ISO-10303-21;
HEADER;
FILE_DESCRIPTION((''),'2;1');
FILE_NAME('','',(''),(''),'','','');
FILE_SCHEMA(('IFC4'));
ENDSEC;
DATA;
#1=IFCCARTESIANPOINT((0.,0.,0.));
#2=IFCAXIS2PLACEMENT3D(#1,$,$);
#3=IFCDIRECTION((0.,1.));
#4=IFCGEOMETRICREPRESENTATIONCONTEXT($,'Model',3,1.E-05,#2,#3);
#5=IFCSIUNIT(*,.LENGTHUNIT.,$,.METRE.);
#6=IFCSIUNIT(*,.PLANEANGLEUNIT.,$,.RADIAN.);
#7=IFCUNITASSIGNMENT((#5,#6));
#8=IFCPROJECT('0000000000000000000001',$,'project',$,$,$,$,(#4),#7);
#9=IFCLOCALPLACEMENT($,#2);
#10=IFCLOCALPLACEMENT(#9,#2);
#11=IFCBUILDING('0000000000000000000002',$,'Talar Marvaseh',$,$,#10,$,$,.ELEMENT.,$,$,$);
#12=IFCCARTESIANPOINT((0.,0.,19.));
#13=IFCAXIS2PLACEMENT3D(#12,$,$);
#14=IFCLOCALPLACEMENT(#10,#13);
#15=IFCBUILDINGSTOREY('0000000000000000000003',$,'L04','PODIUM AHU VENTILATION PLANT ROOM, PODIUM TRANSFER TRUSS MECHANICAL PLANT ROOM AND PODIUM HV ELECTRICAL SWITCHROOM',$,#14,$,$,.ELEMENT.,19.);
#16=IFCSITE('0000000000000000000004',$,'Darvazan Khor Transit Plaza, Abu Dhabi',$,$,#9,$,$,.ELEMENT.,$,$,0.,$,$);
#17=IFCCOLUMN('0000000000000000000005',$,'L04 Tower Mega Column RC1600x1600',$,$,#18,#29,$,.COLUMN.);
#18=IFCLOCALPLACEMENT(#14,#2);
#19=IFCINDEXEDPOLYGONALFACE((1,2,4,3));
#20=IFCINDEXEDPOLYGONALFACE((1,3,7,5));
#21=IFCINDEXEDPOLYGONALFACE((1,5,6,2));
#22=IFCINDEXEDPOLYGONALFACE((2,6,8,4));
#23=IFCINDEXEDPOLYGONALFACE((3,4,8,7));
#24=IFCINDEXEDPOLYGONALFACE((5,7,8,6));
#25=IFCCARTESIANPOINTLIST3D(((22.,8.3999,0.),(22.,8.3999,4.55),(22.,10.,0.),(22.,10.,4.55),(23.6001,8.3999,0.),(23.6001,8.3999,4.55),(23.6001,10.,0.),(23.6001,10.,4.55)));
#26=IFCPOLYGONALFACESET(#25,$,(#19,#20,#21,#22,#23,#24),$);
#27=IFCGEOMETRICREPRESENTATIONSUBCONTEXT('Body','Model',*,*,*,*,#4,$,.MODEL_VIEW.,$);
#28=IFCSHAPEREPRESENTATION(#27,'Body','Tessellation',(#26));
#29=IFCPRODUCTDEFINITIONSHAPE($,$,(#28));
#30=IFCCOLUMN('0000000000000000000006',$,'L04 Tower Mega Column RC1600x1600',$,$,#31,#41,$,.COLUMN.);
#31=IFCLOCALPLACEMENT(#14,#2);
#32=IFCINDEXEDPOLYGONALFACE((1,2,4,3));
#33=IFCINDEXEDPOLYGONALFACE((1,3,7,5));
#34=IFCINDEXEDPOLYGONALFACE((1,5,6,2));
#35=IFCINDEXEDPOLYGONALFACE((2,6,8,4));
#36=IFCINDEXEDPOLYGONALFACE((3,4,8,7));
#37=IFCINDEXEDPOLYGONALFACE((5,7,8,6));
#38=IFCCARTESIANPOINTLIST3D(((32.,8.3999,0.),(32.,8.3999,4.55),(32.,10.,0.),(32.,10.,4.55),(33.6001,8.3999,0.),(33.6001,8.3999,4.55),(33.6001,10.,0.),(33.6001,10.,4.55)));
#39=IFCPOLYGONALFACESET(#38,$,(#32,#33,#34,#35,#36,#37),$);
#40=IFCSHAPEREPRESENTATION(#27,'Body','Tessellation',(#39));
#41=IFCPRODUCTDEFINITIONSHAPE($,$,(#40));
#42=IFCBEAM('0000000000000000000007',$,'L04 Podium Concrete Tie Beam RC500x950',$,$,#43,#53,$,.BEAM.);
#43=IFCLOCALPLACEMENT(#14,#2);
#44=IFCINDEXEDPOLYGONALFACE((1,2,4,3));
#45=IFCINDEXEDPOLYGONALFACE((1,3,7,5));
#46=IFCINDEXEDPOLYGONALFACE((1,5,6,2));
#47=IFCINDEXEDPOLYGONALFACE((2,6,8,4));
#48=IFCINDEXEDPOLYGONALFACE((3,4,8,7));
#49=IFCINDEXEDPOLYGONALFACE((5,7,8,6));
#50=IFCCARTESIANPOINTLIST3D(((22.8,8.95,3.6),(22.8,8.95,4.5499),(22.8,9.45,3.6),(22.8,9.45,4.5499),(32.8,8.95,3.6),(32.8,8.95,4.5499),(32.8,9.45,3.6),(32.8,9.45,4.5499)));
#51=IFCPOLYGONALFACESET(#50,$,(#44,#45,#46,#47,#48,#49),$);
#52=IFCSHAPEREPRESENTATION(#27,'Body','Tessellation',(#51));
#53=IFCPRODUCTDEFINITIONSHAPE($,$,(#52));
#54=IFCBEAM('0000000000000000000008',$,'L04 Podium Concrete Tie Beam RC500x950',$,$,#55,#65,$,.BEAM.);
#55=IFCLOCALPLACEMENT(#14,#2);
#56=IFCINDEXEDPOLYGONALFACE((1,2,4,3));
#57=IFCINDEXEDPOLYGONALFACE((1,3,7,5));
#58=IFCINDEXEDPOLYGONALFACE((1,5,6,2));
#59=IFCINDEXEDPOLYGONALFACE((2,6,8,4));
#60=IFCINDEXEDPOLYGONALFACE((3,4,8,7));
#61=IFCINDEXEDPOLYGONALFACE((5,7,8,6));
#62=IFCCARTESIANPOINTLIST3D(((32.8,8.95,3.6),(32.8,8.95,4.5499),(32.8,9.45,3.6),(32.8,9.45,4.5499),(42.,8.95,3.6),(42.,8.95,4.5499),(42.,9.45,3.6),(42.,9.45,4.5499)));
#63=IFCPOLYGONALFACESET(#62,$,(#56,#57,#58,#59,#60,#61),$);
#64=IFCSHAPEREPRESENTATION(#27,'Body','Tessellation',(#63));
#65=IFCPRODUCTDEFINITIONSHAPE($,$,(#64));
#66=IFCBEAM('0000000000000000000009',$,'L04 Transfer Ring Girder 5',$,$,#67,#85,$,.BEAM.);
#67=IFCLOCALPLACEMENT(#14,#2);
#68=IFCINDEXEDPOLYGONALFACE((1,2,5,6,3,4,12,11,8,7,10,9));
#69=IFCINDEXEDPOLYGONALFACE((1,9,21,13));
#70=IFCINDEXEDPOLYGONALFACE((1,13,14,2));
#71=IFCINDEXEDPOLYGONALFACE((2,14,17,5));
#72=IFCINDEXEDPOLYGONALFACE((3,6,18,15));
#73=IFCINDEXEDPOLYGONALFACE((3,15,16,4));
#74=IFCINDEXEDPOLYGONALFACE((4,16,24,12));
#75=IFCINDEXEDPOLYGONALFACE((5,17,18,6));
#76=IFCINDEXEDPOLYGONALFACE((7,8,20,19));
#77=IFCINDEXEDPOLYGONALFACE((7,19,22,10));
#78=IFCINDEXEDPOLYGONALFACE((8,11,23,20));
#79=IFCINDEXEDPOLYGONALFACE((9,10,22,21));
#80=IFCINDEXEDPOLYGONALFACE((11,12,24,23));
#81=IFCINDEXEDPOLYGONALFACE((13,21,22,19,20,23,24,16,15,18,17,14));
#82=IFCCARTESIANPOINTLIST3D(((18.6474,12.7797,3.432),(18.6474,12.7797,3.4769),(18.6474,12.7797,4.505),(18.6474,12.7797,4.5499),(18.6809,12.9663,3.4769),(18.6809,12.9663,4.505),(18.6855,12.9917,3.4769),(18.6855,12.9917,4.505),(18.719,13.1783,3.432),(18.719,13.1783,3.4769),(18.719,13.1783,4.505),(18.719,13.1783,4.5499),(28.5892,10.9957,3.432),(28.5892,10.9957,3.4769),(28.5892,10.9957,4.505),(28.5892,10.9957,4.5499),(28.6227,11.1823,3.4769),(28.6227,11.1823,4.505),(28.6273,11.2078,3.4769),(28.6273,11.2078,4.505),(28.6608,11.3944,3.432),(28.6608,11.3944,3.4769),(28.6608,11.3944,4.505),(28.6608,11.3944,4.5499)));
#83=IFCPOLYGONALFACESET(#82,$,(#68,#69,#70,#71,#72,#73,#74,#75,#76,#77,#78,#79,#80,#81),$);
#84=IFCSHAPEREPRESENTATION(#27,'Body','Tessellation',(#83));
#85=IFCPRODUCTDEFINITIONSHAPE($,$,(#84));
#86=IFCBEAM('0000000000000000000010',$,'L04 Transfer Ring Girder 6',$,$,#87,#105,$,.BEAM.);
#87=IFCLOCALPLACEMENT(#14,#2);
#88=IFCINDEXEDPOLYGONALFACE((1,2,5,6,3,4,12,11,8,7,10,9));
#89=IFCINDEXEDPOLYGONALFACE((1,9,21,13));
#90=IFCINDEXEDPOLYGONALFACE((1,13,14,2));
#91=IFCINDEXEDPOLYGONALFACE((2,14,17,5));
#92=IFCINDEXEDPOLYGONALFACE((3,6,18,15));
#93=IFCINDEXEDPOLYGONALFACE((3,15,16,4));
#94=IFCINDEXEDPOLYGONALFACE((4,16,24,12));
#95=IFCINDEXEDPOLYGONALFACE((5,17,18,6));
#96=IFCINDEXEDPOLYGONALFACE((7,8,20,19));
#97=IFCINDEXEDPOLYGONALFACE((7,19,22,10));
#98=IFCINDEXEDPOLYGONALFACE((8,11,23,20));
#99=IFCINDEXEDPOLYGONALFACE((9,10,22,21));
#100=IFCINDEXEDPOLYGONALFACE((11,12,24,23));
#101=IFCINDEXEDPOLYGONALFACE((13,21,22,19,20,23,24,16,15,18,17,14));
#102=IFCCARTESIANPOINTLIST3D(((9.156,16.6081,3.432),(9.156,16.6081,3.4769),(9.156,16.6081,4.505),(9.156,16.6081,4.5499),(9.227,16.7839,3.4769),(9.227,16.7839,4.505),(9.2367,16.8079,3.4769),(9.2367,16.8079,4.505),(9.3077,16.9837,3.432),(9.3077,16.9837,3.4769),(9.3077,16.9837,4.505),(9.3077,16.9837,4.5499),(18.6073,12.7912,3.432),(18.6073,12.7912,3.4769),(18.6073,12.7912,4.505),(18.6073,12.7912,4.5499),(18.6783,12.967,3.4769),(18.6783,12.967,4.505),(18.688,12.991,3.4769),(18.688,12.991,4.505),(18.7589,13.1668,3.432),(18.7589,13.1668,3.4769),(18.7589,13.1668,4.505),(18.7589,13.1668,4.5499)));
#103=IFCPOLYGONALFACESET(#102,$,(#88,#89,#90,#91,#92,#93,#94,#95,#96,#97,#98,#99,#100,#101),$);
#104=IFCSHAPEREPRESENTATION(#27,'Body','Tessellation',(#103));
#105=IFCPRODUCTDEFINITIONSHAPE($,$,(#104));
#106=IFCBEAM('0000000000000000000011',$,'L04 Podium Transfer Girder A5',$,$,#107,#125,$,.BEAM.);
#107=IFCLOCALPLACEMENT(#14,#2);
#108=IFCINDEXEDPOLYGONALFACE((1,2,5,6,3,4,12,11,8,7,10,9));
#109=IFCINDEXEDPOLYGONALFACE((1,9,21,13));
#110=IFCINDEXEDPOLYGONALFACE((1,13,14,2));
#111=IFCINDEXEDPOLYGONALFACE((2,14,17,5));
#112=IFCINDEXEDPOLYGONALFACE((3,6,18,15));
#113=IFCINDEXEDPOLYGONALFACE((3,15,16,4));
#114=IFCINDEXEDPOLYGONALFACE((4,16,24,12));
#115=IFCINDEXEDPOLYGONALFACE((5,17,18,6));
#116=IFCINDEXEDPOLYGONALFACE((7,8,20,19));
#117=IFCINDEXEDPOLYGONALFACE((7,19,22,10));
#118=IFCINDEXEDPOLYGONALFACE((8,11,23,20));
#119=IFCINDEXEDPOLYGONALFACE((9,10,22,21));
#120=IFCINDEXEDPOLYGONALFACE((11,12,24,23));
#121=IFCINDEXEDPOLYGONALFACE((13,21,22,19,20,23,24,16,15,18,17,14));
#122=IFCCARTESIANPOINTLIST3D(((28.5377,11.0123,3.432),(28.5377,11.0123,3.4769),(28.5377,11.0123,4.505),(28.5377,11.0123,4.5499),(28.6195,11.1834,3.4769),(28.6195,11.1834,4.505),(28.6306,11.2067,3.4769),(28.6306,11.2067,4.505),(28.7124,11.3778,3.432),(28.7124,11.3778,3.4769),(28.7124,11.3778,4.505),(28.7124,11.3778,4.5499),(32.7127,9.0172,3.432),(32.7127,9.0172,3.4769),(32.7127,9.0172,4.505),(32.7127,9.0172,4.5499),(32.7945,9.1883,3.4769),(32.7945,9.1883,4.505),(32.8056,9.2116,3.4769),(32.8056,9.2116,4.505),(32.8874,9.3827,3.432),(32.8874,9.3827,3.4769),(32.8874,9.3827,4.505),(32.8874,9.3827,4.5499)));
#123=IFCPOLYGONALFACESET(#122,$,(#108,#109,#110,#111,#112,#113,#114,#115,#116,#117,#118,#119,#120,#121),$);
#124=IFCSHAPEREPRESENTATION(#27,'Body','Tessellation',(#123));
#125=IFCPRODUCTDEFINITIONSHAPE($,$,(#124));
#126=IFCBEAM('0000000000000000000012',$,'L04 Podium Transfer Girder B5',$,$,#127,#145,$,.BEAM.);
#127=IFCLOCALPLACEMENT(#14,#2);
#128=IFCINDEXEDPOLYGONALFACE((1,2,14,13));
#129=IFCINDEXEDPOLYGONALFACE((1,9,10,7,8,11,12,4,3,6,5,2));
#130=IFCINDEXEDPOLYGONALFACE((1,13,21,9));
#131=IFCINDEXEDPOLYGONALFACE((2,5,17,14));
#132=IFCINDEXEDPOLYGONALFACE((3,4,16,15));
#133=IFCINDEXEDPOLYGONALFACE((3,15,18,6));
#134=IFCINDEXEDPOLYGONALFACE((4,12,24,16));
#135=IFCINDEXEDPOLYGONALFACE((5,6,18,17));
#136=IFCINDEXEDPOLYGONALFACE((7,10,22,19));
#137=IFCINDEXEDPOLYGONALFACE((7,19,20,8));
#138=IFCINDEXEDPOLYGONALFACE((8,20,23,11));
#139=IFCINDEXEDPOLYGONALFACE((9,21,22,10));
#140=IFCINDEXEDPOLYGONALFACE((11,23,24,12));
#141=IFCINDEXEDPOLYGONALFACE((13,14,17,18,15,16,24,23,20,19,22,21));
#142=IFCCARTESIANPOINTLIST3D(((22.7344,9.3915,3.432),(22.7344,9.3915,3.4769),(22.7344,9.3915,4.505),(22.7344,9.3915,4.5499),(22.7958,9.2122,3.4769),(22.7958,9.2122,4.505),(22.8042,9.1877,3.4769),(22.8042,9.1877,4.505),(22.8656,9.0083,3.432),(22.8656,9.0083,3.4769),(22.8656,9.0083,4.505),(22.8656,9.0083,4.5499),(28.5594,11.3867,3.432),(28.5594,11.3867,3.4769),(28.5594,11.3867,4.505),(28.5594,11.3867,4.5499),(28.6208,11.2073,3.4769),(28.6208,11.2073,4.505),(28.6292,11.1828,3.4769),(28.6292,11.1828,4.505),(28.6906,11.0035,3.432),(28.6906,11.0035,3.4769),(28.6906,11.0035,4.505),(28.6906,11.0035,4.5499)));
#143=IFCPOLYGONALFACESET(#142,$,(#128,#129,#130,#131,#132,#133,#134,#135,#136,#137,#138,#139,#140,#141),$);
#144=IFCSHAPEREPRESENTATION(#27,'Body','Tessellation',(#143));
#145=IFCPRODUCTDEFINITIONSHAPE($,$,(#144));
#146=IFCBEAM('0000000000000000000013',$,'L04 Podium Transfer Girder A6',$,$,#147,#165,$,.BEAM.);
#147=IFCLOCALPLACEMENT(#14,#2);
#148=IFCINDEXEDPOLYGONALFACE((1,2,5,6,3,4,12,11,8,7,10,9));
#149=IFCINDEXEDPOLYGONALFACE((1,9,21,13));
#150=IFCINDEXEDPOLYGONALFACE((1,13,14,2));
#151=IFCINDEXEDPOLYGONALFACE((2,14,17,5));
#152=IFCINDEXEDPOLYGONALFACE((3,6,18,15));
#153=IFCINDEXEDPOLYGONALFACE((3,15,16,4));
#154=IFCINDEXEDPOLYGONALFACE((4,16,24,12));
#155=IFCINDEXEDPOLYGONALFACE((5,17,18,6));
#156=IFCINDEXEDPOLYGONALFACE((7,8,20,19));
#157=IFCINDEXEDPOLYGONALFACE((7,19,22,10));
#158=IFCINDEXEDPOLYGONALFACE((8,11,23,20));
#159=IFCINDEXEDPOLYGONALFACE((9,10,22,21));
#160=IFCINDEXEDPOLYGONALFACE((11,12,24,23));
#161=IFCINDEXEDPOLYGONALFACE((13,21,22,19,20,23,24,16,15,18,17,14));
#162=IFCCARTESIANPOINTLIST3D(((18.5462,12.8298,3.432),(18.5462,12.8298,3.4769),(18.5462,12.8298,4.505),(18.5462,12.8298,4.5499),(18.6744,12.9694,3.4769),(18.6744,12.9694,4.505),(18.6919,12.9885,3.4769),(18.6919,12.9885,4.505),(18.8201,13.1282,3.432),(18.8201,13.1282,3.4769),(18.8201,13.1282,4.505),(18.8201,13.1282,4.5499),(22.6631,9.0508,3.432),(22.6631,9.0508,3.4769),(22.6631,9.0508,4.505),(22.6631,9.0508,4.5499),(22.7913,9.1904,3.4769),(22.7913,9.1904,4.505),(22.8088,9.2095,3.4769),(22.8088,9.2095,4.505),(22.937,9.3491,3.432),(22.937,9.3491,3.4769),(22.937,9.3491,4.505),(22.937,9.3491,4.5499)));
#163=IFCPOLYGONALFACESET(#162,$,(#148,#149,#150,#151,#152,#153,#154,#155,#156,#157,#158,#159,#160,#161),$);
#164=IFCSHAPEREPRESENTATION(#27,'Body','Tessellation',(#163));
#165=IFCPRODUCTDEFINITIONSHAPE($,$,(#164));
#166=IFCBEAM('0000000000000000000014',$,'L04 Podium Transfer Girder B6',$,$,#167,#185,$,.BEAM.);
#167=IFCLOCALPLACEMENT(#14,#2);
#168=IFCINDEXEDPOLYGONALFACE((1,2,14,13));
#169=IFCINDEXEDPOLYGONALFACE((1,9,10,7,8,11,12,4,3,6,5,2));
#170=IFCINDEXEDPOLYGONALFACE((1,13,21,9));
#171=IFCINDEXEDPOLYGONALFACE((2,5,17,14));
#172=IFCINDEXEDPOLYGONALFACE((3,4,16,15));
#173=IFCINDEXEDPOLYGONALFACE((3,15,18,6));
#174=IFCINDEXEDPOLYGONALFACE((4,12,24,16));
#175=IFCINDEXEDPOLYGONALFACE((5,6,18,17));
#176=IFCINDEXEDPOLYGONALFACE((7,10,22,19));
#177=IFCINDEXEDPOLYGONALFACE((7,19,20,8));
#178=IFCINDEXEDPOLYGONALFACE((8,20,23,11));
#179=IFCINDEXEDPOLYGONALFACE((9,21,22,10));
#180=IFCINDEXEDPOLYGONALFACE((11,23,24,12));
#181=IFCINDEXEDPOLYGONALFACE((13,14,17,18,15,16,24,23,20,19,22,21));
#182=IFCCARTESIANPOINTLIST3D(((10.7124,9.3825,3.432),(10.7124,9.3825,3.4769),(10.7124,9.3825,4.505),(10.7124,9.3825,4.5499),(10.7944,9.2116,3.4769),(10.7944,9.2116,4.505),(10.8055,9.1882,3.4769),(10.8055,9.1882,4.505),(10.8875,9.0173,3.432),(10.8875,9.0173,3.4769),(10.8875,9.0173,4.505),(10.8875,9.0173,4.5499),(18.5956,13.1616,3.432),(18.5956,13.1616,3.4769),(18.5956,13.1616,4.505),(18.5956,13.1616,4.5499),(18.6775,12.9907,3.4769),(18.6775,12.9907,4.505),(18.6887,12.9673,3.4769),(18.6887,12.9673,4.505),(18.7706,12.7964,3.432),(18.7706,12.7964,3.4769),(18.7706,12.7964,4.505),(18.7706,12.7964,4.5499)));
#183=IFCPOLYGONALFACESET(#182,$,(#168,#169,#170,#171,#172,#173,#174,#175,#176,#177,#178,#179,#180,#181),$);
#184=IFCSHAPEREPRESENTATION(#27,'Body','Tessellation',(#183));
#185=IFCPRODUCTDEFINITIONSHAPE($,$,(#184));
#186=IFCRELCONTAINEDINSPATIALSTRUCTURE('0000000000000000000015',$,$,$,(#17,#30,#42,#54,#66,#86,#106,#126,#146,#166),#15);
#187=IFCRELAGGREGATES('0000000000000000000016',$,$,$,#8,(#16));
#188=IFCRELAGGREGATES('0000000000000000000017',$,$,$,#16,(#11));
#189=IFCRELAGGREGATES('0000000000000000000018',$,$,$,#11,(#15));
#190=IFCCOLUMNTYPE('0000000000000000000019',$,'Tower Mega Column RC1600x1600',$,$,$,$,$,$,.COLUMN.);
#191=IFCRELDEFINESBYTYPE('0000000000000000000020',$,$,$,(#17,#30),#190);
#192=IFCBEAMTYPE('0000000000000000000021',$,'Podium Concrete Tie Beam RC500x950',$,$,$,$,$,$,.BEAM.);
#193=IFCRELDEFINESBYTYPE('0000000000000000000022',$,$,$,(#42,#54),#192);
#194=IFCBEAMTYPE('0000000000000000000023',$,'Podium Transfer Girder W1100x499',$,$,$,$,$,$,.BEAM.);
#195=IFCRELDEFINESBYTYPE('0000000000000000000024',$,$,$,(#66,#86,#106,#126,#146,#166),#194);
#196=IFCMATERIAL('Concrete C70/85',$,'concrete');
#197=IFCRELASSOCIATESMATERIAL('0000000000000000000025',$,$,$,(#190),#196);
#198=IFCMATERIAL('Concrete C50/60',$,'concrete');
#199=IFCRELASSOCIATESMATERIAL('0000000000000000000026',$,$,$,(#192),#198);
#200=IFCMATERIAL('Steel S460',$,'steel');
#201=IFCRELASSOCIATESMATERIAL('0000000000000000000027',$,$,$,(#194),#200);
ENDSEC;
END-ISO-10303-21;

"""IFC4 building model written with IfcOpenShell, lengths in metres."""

from ifc_helpers import new_model, si_unit, direction, frame, origin, origin_2d, place, context, subcontext, project, spatial, rectangle, i_section, extrude, material, material_profile, profile_set, type_object, element, save


model = new_model("IFC4")

# Units and contexts
model_context = context("Model", 3, precision=1e-05, world=origin(), true_north=direction((0.0, 1.0)))
body_context = subcontext(model_context, "Body", "Model", "MODEL_VIEW")
ifc_project = project(units=[si_unit("LENGTHUNIT", "METRE"), si_unit("PLANEANGLEUNIT", "RADIAN")], contexts=[model_context])

# Site, building, storey
site_placement = place(None, origin())
site = spatial("IfcSite", under=ifc_project, at=site_placement, Name="Darvazan Khor Transit Plaza, Abu Dhabi", CompositionType="ELEMENT", RefElevation=0.0)
building_placement = place(site_placement, origin())
building = spatial("IfcBuilding", under=site, at=building_placement, Name="Talar Marvaseh", CompositionType="ELEMENT")
storey_placement = place(building_placement, frame((0.0, 0.0, 19.0)))
storey = spatial("IfcBuildingStorey", under=building, at=storey_placement, Name="L04", Description="PODIUM AHU VENTILATION PLANT ROOM, PODIUM TRANSFER TRUSS MECHANICAL PLANT ROOM AND PODIUM HV ELECTRICAL SWITCHROOM", CompositionType="ELEMENT", Elevation=19.0)

# Columns
ifc_material_1 = material(Name="Concrete C70/85", Category="concrete")
ifc_material_profile_1 = material_profile(ifc_material_1, rectangle(XDim=1.6001, YDim=1.6001, at=origin_2d()), Name="RC1600x1600")
ifc_profile_set_1 = profile_set([ifc_material_profile_1], Name="Concrete C70/85")
column_type = type_object("IfcColumnType", Name="Tower Mega Column RC1600x1600", PredefinedType="COLUMN", material=ifc_profile_set_1)
for number, where, z_axis, x_axis, name in (
    (1, (22.8, 9.2, 0.0), (0.0, 0.0, 1.0), (1.0, 0.0, 0.0), "L04 Tower Mega Column RC1600x1600"),
    (2, (32.8, 9.2, 0.0), (0.0, 0.0, 1.0), (1.0, 0.0, 0.0), "L04 Tower Mega Column RC1600x1600"),
):
    element("IfcColumn", number, at=place(storey_placement, frame(where, z_axis=z_axis, x_axis=x_axis)), inside=storey, type_object=column_type, Name=name, PredefinedType="COLUMN", context=body_context, shape_type="SweptSolid", body=[
        extrude(rectangle(XDim=1.6001, YDim=1.6001, at=origin_2d()), origin(), (0.0, 0.0, 1.0), 4.55),
    ])

# Beams
ifc_material_2 = material(Name="Concrete C50/60", Category="concrete")
ifc_material_profile_2 = material_profile(ifc_material_2, rectangle(XDim=0.5, YDim=0.95, at=origin_2d()), Name="RC500x950")
ifc_profile_set_2 = profile_set([ifc_material_profile_2], Name="Concrete C50/60")
beam_type_1 = type_object("IfcBeamType", Name="Podium Concrete Tie Beam RC500x950", PredefinedType="BEAM", material=ifc_profile_set_2)
beam_1_placement = place(storey_placement, frame((22.8, 9.2, 4.075), z_axis=(1.0, 0.0, 0.0), x_axis=(0.0, 1.0, 0.0)))
element("IfcBeam", 3, at=beam_1_placement, inside=storey, type_object=beam_type_1, Name="L04 Podium Concrete Tie Beam RC500x950", PredefinedType="BEAM", context=body_context, shape_type="SweptSolid", body=[
    extrude(rectangle(XDim=0.5, YDim=0.95, at=origin_2d()), origin(), (0.0, 0.0, 1.0), 10.0),
])
beam_2_placement = place(storey_placement, frame((32.8, 9.2, 4.075), z_axis=(1.0, 0.0, 0.0), x_axis=(0.0, 1.0, 0.0)))
element("IfcBeam", 4, at=beam_2_placement, inside=storey, type_object=beam_type_1, Name="L04 Podium Concrete Tie Beam RC500x950", PredefinedType="BEAM", context=body_context, shape_type="SweptSolid", body=[
    extrude(rectangle(XDim=0.5, YDim=0.95, at=origin_2d()), origin(), (0.0, 0.0, 1.0), 9.2),
])
ifc_material_3 = material(Name="Steel S460", Category="steel")
ifc_material_profile_3 = material_profile(ifc_material_3, i_section(OverallWidth=0.405, OverallDepth=1.1179, WebThickness=0.0259, FlangeThickness=0.0449, at=origin_2d()), Name="W1100x499")
ifc_profile_set_3 = profile_set([ifc_material_profile_3], Name="Steel S460")
beam_type_2 = type_object("IfcBeamType", Name="Podium Transfer Girder W1100x499", PredefinedType="BEAM", material=ifc_profile_set_3)
beam_3_placement = place(storey_placement, frame((28.625, 11.1951, 3.991), z_axis=(-0.98428, 0.176615, 0.0), x_axis=(-0.176615, -0.98428, 0.0)))
element("IfcBeam", 5, at=beam_3_placement, inside=storey, type_object=beam_type_2, Name="L04 Transfer Ring Girder 5", PredefinedType="BEAM", context=body_context, shape_type="SweptSolid", body=[
    extrude(i_section(OverallWidth=0.405, OverallDepth=1.1179, WebThickness=0.0259, FlangeThickness=0.0449, at=origin_2d()), origin(), (0.0, 0.0, 1.0), 10.1006),
])
beam_4_placement = place(storey_placement, frame((18.6831, 12.979, 3.991), z_axis=(-0.927239, 0.374469, 0.0), x_axis=(-0.374469, -0.927239, 0.0)))
element("IfcBeam", 6, at=beam_4_placement, inside=storey, type_object=beam_type_2, Name="L04 Transfer Ring Girder 6", PredefinedType="BEAM", context=body_context, shape_type="SweptSolid", body=[
    extrude(i_section(OverallWidth=0.405, OverallDepth=1.1179, WebThickness=0.0259, FlangeThickness=0.0449, at=origin_2d()), origin(), (0.0, 0.0, 1.0), 10.1929),
])
beam_5_placement = place(storey_placement, frame((32.8, 9.2, 3.991), z_axis=(-0.902273, 0.431166, 0.0), x_axis=(-0.431166, -0.902273, 0.0)))
element("IfcBeam", 7, at=beam_5_placement, inside=storey, type_object=beam_type_2, Name="L04 Podium Transfer Girder A5", PredefinedType="BEAM", context=body_context, shape_type="SweptSolid", body=[
    extrude(i_section(OverallWidth=0.405, OverallDepth=1.1179, WebThickness=0.0259, FlangeThickness=0.0449, at=origin_2d()), origin(), (0.0, 0.0, 1.0), 4.6272),
])
beam_6_placement = place(storey_placement, frame((28.625, 11.1951, 3.991), z_axis=(-0.946046, -0.324032, 0.0), x_axis=(0.324032, -0.946046, 0.0)))
element("IfcBeam", 8, at=beam_6_placement, inside=storey, type_object=beam_type_2, Name="L04 Podium Transfer Girder B5", PredefinedType="BEAM", context=body_context, shape_type="SweptSolid", body=[
    extrude(i_section(OverallWidth=0.405, OverallDepth=1.1179, WebThickness=0.0259, FlangeThickness=0.0449, at=origin_2d()), origin(), (0.0, 0.0, 1.0), 6.1572),
])
beam_7_placement = place(storey_placement, frame((22.8, 9.2, 3.991), z_axis=(-0.736692, 0.676229, 0.0), x_axis=(-0.676229, -0.736692, 0.0)))
element("IfcBeam", 9, at=beam_7_placement, inside=storey, type_object=beam_type_2, Name="L04 Podium Transfer Girder A6", PredefinedType="BEAM", context=body_context, shape_type="SweptSolid", body=[
    extrude(i_section(OverallWidth=0.405, OverallDepth=1.1179, WebThickness=0.0259, FlangeThickness=0.0449, at=origin_2d()), origin(), (0.0, 0.0, 1.0), 5.5884),
])
beam_8_placement = place(storey_placement, frame((18.6831, 12.979, 3.991), z_axis=(-0.901738, -0.432283, 0.0), x_axis=(0.432283, -0.901738, 0.0)))
element("IfcBeam", 10, at=beam_8_placement, inside=storey, type_object=beam_type_2, Name="L04 Podium Transfer Girder B6", PredefinedType="BEAM", context=body_context, shape_type="SweptSolid", body=[
    extrude(i_section(OverallWidth=0.405, OverallDepth=1.1179, WebThickness=0.0259, FlangeThickness=0.0449, at=origin_2d()), origin(), (0.0, 0.0, 1.0), 8.7422),
])

save(model, "model.ifc")
